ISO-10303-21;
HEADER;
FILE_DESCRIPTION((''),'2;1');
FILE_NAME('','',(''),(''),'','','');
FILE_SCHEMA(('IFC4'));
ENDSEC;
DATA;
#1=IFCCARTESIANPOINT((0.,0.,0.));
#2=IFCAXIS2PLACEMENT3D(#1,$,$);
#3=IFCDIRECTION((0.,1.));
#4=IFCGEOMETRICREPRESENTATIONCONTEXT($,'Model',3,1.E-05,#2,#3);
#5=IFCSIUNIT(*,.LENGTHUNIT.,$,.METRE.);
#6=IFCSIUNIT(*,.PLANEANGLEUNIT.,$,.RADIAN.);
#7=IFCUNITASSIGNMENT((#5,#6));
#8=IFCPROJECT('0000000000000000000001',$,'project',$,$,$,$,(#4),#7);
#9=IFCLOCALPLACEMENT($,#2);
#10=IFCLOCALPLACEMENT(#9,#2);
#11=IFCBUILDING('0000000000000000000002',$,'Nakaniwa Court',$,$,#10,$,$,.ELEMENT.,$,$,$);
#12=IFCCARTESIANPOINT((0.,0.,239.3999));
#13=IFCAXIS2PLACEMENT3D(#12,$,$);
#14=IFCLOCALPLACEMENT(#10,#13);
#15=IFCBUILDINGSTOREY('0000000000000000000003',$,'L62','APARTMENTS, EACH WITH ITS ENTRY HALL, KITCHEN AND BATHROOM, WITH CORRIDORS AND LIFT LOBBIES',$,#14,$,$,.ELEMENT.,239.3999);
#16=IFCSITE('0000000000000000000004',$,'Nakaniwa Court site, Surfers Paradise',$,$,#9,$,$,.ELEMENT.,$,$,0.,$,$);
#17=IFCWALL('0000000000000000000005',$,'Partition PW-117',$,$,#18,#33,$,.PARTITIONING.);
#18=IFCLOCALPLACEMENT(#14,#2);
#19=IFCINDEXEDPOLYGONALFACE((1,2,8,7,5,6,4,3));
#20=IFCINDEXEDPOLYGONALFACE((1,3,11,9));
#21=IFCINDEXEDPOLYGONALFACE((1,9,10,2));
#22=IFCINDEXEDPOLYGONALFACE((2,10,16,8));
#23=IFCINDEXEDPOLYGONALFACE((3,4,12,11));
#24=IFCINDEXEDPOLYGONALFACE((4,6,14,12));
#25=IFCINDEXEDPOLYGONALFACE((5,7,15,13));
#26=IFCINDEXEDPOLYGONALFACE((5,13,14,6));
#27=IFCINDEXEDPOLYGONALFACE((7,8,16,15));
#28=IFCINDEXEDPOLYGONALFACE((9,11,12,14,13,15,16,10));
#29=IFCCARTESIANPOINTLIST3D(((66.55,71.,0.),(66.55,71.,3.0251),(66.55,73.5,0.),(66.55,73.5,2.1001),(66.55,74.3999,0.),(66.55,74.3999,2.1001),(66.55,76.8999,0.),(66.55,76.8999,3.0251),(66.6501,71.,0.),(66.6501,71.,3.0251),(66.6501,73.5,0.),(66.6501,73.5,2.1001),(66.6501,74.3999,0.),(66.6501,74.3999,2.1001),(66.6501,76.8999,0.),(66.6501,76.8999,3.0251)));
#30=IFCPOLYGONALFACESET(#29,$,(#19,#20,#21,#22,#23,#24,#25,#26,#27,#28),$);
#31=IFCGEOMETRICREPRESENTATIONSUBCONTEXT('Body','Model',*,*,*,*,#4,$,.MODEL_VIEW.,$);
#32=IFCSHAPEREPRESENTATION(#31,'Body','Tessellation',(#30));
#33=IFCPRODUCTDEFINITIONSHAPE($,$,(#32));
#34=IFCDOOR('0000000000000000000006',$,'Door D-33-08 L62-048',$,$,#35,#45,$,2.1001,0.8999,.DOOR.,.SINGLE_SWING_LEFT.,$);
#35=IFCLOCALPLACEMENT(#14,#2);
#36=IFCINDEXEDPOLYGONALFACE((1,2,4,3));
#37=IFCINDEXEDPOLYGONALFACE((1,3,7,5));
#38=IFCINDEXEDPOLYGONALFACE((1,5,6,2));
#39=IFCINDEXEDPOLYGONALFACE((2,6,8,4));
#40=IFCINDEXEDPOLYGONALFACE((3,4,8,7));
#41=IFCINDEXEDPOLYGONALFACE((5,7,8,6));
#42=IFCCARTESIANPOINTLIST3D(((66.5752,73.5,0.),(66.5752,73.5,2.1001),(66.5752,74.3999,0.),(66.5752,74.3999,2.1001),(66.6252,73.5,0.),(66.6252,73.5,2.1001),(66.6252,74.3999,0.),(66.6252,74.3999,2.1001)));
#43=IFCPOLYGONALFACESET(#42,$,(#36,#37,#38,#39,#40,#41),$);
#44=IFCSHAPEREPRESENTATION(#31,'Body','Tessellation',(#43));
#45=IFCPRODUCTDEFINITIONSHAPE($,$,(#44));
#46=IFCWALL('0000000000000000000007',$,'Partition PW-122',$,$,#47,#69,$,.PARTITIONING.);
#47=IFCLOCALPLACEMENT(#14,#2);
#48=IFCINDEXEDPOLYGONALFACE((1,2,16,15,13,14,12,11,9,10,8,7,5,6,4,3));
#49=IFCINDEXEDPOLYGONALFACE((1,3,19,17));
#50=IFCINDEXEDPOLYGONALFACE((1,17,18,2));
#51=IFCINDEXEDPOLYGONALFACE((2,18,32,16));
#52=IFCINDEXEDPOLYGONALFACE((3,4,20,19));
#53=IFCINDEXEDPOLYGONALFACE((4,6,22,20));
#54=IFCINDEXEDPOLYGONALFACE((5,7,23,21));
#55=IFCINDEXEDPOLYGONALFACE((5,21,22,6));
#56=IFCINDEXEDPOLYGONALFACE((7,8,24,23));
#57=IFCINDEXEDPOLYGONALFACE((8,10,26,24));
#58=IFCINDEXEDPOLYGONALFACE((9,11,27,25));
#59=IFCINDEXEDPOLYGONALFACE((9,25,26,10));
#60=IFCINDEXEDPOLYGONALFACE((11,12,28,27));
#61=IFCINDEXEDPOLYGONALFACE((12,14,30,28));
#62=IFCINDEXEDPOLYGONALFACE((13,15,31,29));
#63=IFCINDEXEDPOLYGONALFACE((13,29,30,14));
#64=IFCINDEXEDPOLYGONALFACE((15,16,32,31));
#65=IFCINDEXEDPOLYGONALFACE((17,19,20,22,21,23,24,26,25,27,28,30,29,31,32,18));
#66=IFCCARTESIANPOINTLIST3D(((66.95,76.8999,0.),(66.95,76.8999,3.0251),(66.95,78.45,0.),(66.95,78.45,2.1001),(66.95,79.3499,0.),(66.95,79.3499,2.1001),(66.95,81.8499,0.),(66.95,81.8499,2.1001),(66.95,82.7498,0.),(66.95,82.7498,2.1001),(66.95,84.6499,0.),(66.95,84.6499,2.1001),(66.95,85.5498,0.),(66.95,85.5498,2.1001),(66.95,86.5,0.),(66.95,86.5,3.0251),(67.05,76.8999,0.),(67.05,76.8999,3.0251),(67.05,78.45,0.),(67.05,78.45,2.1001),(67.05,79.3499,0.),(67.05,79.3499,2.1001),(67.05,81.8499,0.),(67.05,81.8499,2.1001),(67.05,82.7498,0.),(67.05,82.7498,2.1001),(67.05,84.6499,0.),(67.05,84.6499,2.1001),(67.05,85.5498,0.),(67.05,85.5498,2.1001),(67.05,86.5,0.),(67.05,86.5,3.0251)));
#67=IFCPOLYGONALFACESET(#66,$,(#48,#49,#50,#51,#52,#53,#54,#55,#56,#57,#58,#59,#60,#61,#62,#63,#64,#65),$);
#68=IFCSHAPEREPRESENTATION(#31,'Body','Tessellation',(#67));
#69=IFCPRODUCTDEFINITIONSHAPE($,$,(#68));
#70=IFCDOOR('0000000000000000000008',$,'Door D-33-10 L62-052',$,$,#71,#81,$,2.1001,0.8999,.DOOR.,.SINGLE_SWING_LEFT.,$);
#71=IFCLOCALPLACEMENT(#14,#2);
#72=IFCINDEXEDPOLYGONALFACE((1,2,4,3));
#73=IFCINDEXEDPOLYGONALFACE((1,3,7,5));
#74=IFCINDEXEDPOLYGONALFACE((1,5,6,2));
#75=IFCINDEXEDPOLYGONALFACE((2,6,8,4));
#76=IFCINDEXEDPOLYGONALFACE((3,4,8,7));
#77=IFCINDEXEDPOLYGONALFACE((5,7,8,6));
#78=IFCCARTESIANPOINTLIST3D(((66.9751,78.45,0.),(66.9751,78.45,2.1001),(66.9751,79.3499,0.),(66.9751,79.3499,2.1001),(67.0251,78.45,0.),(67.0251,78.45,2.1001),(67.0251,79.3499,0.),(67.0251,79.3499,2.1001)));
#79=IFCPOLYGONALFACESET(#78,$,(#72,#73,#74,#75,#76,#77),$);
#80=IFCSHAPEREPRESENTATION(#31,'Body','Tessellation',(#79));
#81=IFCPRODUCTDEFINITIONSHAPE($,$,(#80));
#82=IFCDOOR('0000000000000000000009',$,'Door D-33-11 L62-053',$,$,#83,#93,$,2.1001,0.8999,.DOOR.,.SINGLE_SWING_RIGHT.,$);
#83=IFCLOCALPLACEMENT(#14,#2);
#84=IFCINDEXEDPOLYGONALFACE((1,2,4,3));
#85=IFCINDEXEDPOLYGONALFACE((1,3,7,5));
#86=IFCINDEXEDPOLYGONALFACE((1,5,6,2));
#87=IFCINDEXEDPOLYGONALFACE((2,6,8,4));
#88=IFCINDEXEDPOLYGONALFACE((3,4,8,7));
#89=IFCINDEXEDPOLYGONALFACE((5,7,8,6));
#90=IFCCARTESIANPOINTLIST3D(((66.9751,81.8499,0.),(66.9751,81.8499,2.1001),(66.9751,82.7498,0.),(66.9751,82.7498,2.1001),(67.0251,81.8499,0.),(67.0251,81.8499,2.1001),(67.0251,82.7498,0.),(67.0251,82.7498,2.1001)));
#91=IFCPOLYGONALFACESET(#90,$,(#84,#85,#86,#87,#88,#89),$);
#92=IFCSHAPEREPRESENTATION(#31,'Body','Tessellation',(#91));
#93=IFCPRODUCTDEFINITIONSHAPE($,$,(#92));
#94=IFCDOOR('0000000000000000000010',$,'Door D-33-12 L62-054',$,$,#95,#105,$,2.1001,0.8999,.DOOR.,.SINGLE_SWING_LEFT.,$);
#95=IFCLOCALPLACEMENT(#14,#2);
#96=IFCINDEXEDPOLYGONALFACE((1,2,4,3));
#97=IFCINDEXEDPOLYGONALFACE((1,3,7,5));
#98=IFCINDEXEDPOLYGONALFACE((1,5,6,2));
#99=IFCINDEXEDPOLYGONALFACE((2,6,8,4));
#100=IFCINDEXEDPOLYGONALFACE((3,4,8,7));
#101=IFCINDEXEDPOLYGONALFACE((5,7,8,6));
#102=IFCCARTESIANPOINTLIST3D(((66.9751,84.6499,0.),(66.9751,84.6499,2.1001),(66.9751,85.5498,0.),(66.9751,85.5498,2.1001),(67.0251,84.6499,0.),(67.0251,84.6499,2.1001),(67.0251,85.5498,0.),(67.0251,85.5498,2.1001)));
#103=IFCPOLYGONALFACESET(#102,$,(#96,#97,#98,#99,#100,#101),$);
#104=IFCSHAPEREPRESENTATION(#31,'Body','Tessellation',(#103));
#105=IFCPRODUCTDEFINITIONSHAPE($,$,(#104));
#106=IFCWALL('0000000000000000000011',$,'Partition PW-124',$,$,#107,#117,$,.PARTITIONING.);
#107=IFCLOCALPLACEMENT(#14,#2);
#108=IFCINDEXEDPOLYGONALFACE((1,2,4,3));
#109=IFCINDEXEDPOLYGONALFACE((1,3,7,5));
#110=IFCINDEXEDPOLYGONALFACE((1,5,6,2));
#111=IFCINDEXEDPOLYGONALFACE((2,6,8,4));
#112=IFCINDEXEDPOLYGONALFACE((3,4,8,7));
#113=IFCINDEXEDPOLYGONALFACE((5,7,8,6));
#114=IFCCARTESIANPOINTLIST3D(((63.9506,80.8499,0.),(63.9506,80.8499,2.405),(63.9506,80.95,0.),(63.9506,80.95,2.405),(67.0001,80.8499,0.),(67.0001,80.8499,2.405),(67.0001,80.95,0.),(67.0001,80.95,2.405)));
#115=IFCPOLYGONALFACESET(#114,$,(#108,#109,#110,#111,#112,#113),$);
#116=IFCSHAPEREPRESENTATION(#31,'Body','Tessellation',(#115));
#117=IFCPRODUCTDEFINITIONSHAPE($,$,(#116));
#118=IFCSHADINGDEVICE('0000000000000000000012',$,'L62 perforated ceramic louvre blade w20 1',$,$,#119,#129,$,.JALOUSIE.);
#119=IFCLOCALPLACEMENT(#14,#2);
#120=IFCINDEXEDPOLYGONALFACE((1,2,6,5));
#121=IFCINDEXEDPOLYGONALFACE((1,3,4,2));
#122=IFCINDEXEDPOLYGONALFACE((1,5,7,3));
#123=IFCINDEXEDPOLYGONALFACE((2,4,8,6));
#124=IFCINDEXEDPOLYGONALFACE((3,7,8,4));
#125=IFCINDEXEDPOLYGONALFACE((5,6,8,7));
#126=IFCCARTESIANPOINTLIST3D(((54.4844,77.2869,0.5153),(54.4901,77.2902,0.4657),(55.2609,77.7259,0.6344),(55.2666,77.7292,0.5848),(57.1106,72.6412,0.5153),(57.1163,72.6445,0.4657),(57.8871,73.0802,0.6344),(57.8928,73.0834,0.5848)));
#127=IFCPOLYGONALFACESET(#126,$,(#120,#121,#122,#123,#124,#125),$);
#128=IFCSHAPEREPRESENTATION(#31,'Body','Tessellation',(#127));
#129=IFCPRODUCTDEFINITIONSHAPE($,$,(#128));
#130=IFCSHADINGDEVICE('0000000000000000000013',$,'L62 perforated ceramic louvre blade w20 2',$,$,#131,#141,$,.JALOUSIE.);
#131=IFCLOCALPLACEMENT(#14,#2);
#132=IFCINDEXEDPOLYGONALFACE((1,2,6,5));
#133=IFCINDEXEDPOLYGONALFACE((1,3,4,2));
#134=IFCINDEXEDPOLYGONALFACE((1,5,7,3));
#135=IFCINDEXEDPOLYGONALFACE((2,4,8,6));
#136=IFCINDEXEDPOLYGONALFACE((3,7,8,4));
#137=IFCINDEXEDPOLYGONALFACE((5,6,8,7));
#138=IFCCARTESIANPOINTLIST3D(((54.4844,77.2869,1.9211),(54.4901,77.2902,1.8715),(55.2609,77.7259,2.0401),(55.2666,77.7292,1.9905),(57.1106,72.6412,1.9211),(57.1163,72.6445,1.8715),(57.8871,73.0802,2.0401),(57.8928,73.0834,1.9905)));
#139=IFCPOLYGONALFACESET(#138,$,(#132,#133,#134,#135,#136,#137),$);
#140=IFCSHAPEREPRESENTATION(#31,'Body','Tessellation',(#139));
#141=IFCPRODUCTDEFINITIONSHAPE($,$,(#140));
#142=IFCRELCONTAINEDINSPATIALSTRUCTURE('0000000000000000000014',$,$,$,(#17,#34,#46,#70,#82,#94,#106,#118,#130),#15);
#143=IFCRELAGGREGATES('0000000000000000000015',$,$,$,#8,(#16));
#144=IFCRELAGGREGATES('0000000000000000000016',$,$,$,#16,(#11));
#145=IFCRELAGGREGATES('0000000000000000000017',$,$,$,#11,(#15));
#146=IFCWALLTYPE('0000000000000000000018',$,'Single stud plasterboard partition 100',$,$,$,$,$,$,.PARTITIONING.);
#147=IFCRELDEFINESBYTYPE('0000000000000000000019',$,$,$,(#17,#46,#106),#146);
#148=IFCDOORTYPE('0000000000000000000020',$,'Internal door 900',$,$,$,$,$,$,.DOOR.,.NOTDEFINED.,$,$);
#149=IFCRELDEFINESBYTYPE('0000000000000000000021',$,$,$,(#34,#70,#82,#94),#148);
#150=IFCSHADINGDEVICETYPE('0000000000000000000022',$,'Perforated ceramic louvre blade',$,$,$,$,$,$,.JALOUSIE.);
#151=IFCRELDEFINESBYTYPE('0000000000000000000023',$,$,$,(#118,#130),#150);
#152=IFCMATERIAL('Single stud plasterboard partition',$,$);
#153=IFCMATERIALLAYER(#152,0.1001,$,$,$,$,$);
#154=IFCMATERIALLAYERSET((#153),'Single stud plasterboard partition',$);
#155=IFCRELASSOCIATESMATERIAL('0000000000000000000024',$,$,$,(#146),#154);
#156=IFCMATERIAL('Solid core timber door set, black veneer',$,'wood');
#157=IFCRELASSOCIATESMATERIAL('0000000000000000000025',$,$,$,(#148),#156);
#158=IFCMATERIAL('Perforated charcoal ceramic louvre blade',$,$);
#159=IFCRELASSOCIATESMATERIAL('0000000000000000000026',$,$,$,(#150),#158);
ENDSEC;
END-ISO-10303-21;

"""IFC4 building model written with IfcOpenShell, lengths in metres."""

from ifc_helpers import new_model, si_unit, direction, frame, frame_2d, origin, origin_2d, place, context, subcontext, project, spatial, rectangle, extrude, material, layer, layer_set, material_profile, profile_set, type_object, element, fill, save


model = new_model("IFC4")

# Units and contexts
model_context = context("Model", 3, precision=1e-05, world=origin(), true_north=direction((0.0, 1.0)))
body_context = subcontext(model_context, "Body", "Model", "MODEL_VIEW")
ifc_project = project(units=[si_unit("LENGTHUNIT", "METRE"), si_unit("PLANEANGLEUNIT", "RADIAN")], contexts=[model_context])

# Site, building, storey
site_placement = place(None, origin())
site = spatial("IfcSite", under=ifc_project, at=site_placement, Name="Nakaniwa Court site, Surfers Paradise", CompositionType="ELEMENT", RefElevation=0.0)
building_placement = place(site_placement, origin())
building = spatial("IfcBuilding", under=site, at=building_placement, Name="Nakaniwa Court", CompositionType="ELEMENT")
storey_placement = place(building_placement, frame((0.0, 0.0, 239.3999)))
storey = spatial("IfcBuildingStorey", under=building, at=storey_placement, Name="L62", Description="APARTMENTS, EACH WITH ITS ENTRY HALL, KITCHEN AND BATHROOM, WITH CORRIDORS AND LIFT LOBBIES", CompositionType="ELEMENT", Elevation=239.3999)

# Shared definitions
ifc_material_1 = material(Name="Single stud plasterboard partition")
ifc_layer_1 = layer(ifc_material_1, 0.1001)
ifc_layer_set_1 = layer_set([ifc_layer_1], Name="Single stud plasterboard partition")
wall_type_1 = type_object("IfcWallType", Name="Single stud plasterboard partition 100", PredefinedType="PARTITIONING", material=ifc_layer_set_1)

# Shared definitions
ifc_material_2 = material(Name="Solid core timber door set, black veneer", Category="wood")
door_type = type_object("IfcDoorType", Name="Internal door 900", OperationType="NOTDEFINED", PredefinedType="DOOR", material=ifc_material_2)

# Wall, opening, door
wall_1_placement = place(storey_placement, frame((66.6001, 71.0, 0.0), z_axis=(0.0, 0.0, 1.0), x_axis=(0.0, 1.0, 0.0)))
wall_1 = element("IfcWall", 1, at=wall_1_placement, inside=storey, type_object=wall_type_1, Name="Partition PW-117", PredefinedType="PARTITIONING", context=body_context, shape_type="SweptSolid", body=[
    extrude(rectangle(XDim=5.8999, YDim=0.1001, at=frame_2d((2.95, 0.0))), origin(), (0.0, 0.0, 1.0), 3.0251),
])
opening_1_placement = place(wall_1_placement, frame((2.5, 0.0, 0.0)))
opening_1 = element("IfcOpeningElement", 2, at=opening_1_placement, cuts=wall_1, PredefinedType="OPENING", context=body_context, shape_type="SweptSolid", body=[
    extrude(rectangle(XDim=0.8999, YDim=2.1001, at=frame_2d((0.45, 1.05))), frame((0.0, 0.0601, 0.0), z_axis=(0.0, -1.0, 0.0), x_axis=(1.0, 0.0, 0.0)), (0.0, 0.0, 1.0), 0.1201),
])
door_1_placement = place(opening_1_placement, origin())
door_1 = element("IfcDoor", 3, at=door_1_placement, inside=storey, type_object=door_type, Name="Door D-33-08 L62-048", OperationType="SINGLE_SWING_LEFT", OverallHeight=2.1001, OverallWidth=0.8999, PredefinedType="DOOR", context=body_context, shape_type="SweptSolid", body=[
    extrude(rectangle(XDim=0.8999, YDim=2.1001, at=frame_2d((0.45, 1.05))), frame((0.0, 0.0249, 0.0), z_axis=(0.0, -1.0, 0.0), x_axis=(1.0, 0.0, 0.0)), (0.0, 0.0, 1.0), 0.05),
])
fill(opening_1, door_1)

# Wall, openings, doors
wall_2_placement = place(storey_placement, frame((67.0, 76.8999, 0.0), z_axis=(0.0, 0.0, 1.0), x_axis=(0.0, 1.0, 0.0)))
wall_2 = element("IfcWall", 4, at=wall_2_placement, inside=storey, type_object=wall_type_1, Name="Partition PW-122", PredefinedType="PARTITIONING", context=body_context, shape_type="SweptSolid", body=[
    extrude(rectangle(XDim=9.6001, YDim=0.1001, at=frame_2d((4.8, 0.0))), origin(), (0.0, 0.0, 1.0), 3.0251),
])
opening_2_placement = place(wall_2_placement, frame((1.55, 0.0, 0.0)))
opening_2 = element("IfcOpeningElement", 5, at=opening_2_placement, cuts=wall_2, PredefinedType="OPENING", context=body_context, shape_type="SweptSolid", body=[
    extrude(rectangle(XDim=0.8999, YDim=2.1001, at=frame_2d((0.45, 1.05))), frame((0.0, 0.0601, 0.0), z_axis=(0.0, -1.0, 0.0), x_axis=(1.0, 0.0, 0.0)), (0.0, 0.0, 1.0), 0.1201),
])
opening_3_placement = place(wall_2_placement, frame((4.95, 0.0, 0.0)))
opening_3 = element("IfcOpeningElement", 6, at=opening_3_placement, cuts=wall_2, PredefinedType="OPENING", context=body_context, shape_type="SweptSolid", body=[
    extrude(rectangle(XDim=0.8999, YDim=2.1001, at=frame_2d((0.45, 1.05))), frame((0.0, 0.0601, 0.0), z_axis=(0.0, -1.0, 0.0), x_axis=(1.0, 0.0, 0.0)), (0.0, 0.0, 1.0), 0.1201),
])
opening_4_placement = place(wall_2_placement, frame((7.75, 0.0, 0.0)))
opening_4 = element("IfcOpeningElement", 7, at=opening_4_placement, cuts=wall_2, PredefinedType="OPENING", context=body_context, shape_type="SweptSolid", body=[
    extrude(rectangle(XDim=0.8999, YDim=2.1001, at=frame_2d((0.45, 1.05))), frame((0.0, 0.0601, 0.0), z_axis=(0.0, -1.0, 0.0), x_axis=(1.0, 0.0, 0.0)), (0.0, 0.0, 1.0), 0.1201),
])
door_2_placement = place(opening_2_placement, origin())
door_2 = element("IfcDoor", 8, at=door_2_placement, inside=storey, type_object=door_type, Name="Door D-33-10 L62-052", OperationType="SINGLE_SWING_LEFT", OverallHeight=2.1001, OverallWidth=0.8999, PredefinedType="DOOR", context=body_context, shape_type="SweptSolid", body=[
    extrude(rectangle(XDim=0.8999, YDim=2.1001, at=frame_2d((0.45, 1.05))), frame((0.0, 0.0249, 0.0), z_axis=(0.0, -1.0, 0.0), x_axis=(1.0, 0.0, 0.0)), (0.0, 0.0, 1.0), 0.05),
])
fill(opening_2, door_2)
door_3_placement = place(opening_3_placement, origin())
door_3 = element("IfcDoor", 9, at=door_3_placement, inside=storey, type_object=door_type, Name="Door D-33-11 L62-053", OperationType="SINGLE_SWING_RIGHT", OverallHeight=2.1001, OverallWidth=0.8999, PredefinedType="DOOR", context=body_context, shape_type="SweptSolid", body=[
    extrude(rectangle(XDim=0.8999, YDim=2.1001, at=frame_2d((0.45, 1.05))), frame((0.0, 0.0249, 0.0), z_axis=(0.0, -1.0, 0.0), x_axis=(1.0, 0.0, 0.0)), (0.0, 0.0, 1.0), 0.05),
])
fill(opening_3, door_3)
door_4_placement = place(opening_4_placement, origin())
door_4 = element("IfcDoor", 10, at=door_4_placement, inside=storey, type_object=door_type, Name="Door D-33-12 L62-054", OperationType="SINGLE_SWING_LEFT", OverallHeight=2.1001, OverallWidth=0.8999, PredefinedType="DOOR", context=body_context, shape_type="SweptSolid", body=[
    extrude(rectangle(XDim=0.8999, YDim=2.1001, at=frame_2d((0.45, 1.05))), frame((0.0, 0.0249, 0.0), z_axis=(0.0, -1.0, 0.0), x_axis=(1.0, 0.0, 0.0)), (0.0, 0.0, 1.0), 0.05),
])
fill(opening_4, door_4)

# Wall
wall_3_placement = place(storey_placement, frame((63.9504, 80.8999, 0.0), z_axis=(0.0, 0.0, 1.0), x_axis=(1.0, 0.0, 0.0)))
element("IfcWall", 11, at=wall_3_placement, inside=storey, type_object=wall_type_1, Name="Partition PW-124", PredefinedType="PARTITIONING", context=body_context, shape_type="SweptSolid", body=[
    extrude(rectangle(XDim=3.0496, YDim=0.1001, at=frame_2d((1.5249, 0.0))), origin(), (0.0, 0.0, 1.0), 2.405),
])

# Shading devices
ifc_material_3 = material(Name="Perforated charcoal ceramic louvre blade")
ifc_material_profile_1 = material_profile(ifc_material_3, rectangle(XDim=0.8999, YDim=0.05, at=origin_2d()), Name="Perforated ceramic louvre blade")
ifc_profile_set_1 = profile_set([ifc_material_profile_1], Name="Perforated charcoal ceramic louvre blade")
shading_device_type = type_object("IfcShadingDeviceType", Name="Perforated ceramic louvre blade", PredefinedType="JALOUSIE", material=ifc_profile_set_1)
for number, where, z_axis, x_axis, name in (
    (12, (54.8755, 77.5081, 0.55), (0.492109, -0.870534, 0.0), (0.862887, 0.487786, 0.132256), "L62 perforated ceramic louvre blade w20 1"),
    (13, (54.8755, 77.5081, 1.9558), (0.492109, -0.870534, 0.0), (0.862887, 0.487786, 0.132256), "L62 perforated ceramic louvre blade w20 2"),
):
    element("IfcShadingDevice", number, at=place(storey_placement, frame(where, z_axis=z_axis, x_axis=x_axis)), inside=storey, type_object=shading_device_type, Name=name, PredefinedType="JALOUSIE", context=body_context, shape_type="SweptSolid", body=[
        extrude(rectangle(XDim=0.8999, YDim=0.05, at=origin_2d()), origin(), (0.0, 0.0, 1.0), 5.3367),
    ])

save(model, "model.ifc")
